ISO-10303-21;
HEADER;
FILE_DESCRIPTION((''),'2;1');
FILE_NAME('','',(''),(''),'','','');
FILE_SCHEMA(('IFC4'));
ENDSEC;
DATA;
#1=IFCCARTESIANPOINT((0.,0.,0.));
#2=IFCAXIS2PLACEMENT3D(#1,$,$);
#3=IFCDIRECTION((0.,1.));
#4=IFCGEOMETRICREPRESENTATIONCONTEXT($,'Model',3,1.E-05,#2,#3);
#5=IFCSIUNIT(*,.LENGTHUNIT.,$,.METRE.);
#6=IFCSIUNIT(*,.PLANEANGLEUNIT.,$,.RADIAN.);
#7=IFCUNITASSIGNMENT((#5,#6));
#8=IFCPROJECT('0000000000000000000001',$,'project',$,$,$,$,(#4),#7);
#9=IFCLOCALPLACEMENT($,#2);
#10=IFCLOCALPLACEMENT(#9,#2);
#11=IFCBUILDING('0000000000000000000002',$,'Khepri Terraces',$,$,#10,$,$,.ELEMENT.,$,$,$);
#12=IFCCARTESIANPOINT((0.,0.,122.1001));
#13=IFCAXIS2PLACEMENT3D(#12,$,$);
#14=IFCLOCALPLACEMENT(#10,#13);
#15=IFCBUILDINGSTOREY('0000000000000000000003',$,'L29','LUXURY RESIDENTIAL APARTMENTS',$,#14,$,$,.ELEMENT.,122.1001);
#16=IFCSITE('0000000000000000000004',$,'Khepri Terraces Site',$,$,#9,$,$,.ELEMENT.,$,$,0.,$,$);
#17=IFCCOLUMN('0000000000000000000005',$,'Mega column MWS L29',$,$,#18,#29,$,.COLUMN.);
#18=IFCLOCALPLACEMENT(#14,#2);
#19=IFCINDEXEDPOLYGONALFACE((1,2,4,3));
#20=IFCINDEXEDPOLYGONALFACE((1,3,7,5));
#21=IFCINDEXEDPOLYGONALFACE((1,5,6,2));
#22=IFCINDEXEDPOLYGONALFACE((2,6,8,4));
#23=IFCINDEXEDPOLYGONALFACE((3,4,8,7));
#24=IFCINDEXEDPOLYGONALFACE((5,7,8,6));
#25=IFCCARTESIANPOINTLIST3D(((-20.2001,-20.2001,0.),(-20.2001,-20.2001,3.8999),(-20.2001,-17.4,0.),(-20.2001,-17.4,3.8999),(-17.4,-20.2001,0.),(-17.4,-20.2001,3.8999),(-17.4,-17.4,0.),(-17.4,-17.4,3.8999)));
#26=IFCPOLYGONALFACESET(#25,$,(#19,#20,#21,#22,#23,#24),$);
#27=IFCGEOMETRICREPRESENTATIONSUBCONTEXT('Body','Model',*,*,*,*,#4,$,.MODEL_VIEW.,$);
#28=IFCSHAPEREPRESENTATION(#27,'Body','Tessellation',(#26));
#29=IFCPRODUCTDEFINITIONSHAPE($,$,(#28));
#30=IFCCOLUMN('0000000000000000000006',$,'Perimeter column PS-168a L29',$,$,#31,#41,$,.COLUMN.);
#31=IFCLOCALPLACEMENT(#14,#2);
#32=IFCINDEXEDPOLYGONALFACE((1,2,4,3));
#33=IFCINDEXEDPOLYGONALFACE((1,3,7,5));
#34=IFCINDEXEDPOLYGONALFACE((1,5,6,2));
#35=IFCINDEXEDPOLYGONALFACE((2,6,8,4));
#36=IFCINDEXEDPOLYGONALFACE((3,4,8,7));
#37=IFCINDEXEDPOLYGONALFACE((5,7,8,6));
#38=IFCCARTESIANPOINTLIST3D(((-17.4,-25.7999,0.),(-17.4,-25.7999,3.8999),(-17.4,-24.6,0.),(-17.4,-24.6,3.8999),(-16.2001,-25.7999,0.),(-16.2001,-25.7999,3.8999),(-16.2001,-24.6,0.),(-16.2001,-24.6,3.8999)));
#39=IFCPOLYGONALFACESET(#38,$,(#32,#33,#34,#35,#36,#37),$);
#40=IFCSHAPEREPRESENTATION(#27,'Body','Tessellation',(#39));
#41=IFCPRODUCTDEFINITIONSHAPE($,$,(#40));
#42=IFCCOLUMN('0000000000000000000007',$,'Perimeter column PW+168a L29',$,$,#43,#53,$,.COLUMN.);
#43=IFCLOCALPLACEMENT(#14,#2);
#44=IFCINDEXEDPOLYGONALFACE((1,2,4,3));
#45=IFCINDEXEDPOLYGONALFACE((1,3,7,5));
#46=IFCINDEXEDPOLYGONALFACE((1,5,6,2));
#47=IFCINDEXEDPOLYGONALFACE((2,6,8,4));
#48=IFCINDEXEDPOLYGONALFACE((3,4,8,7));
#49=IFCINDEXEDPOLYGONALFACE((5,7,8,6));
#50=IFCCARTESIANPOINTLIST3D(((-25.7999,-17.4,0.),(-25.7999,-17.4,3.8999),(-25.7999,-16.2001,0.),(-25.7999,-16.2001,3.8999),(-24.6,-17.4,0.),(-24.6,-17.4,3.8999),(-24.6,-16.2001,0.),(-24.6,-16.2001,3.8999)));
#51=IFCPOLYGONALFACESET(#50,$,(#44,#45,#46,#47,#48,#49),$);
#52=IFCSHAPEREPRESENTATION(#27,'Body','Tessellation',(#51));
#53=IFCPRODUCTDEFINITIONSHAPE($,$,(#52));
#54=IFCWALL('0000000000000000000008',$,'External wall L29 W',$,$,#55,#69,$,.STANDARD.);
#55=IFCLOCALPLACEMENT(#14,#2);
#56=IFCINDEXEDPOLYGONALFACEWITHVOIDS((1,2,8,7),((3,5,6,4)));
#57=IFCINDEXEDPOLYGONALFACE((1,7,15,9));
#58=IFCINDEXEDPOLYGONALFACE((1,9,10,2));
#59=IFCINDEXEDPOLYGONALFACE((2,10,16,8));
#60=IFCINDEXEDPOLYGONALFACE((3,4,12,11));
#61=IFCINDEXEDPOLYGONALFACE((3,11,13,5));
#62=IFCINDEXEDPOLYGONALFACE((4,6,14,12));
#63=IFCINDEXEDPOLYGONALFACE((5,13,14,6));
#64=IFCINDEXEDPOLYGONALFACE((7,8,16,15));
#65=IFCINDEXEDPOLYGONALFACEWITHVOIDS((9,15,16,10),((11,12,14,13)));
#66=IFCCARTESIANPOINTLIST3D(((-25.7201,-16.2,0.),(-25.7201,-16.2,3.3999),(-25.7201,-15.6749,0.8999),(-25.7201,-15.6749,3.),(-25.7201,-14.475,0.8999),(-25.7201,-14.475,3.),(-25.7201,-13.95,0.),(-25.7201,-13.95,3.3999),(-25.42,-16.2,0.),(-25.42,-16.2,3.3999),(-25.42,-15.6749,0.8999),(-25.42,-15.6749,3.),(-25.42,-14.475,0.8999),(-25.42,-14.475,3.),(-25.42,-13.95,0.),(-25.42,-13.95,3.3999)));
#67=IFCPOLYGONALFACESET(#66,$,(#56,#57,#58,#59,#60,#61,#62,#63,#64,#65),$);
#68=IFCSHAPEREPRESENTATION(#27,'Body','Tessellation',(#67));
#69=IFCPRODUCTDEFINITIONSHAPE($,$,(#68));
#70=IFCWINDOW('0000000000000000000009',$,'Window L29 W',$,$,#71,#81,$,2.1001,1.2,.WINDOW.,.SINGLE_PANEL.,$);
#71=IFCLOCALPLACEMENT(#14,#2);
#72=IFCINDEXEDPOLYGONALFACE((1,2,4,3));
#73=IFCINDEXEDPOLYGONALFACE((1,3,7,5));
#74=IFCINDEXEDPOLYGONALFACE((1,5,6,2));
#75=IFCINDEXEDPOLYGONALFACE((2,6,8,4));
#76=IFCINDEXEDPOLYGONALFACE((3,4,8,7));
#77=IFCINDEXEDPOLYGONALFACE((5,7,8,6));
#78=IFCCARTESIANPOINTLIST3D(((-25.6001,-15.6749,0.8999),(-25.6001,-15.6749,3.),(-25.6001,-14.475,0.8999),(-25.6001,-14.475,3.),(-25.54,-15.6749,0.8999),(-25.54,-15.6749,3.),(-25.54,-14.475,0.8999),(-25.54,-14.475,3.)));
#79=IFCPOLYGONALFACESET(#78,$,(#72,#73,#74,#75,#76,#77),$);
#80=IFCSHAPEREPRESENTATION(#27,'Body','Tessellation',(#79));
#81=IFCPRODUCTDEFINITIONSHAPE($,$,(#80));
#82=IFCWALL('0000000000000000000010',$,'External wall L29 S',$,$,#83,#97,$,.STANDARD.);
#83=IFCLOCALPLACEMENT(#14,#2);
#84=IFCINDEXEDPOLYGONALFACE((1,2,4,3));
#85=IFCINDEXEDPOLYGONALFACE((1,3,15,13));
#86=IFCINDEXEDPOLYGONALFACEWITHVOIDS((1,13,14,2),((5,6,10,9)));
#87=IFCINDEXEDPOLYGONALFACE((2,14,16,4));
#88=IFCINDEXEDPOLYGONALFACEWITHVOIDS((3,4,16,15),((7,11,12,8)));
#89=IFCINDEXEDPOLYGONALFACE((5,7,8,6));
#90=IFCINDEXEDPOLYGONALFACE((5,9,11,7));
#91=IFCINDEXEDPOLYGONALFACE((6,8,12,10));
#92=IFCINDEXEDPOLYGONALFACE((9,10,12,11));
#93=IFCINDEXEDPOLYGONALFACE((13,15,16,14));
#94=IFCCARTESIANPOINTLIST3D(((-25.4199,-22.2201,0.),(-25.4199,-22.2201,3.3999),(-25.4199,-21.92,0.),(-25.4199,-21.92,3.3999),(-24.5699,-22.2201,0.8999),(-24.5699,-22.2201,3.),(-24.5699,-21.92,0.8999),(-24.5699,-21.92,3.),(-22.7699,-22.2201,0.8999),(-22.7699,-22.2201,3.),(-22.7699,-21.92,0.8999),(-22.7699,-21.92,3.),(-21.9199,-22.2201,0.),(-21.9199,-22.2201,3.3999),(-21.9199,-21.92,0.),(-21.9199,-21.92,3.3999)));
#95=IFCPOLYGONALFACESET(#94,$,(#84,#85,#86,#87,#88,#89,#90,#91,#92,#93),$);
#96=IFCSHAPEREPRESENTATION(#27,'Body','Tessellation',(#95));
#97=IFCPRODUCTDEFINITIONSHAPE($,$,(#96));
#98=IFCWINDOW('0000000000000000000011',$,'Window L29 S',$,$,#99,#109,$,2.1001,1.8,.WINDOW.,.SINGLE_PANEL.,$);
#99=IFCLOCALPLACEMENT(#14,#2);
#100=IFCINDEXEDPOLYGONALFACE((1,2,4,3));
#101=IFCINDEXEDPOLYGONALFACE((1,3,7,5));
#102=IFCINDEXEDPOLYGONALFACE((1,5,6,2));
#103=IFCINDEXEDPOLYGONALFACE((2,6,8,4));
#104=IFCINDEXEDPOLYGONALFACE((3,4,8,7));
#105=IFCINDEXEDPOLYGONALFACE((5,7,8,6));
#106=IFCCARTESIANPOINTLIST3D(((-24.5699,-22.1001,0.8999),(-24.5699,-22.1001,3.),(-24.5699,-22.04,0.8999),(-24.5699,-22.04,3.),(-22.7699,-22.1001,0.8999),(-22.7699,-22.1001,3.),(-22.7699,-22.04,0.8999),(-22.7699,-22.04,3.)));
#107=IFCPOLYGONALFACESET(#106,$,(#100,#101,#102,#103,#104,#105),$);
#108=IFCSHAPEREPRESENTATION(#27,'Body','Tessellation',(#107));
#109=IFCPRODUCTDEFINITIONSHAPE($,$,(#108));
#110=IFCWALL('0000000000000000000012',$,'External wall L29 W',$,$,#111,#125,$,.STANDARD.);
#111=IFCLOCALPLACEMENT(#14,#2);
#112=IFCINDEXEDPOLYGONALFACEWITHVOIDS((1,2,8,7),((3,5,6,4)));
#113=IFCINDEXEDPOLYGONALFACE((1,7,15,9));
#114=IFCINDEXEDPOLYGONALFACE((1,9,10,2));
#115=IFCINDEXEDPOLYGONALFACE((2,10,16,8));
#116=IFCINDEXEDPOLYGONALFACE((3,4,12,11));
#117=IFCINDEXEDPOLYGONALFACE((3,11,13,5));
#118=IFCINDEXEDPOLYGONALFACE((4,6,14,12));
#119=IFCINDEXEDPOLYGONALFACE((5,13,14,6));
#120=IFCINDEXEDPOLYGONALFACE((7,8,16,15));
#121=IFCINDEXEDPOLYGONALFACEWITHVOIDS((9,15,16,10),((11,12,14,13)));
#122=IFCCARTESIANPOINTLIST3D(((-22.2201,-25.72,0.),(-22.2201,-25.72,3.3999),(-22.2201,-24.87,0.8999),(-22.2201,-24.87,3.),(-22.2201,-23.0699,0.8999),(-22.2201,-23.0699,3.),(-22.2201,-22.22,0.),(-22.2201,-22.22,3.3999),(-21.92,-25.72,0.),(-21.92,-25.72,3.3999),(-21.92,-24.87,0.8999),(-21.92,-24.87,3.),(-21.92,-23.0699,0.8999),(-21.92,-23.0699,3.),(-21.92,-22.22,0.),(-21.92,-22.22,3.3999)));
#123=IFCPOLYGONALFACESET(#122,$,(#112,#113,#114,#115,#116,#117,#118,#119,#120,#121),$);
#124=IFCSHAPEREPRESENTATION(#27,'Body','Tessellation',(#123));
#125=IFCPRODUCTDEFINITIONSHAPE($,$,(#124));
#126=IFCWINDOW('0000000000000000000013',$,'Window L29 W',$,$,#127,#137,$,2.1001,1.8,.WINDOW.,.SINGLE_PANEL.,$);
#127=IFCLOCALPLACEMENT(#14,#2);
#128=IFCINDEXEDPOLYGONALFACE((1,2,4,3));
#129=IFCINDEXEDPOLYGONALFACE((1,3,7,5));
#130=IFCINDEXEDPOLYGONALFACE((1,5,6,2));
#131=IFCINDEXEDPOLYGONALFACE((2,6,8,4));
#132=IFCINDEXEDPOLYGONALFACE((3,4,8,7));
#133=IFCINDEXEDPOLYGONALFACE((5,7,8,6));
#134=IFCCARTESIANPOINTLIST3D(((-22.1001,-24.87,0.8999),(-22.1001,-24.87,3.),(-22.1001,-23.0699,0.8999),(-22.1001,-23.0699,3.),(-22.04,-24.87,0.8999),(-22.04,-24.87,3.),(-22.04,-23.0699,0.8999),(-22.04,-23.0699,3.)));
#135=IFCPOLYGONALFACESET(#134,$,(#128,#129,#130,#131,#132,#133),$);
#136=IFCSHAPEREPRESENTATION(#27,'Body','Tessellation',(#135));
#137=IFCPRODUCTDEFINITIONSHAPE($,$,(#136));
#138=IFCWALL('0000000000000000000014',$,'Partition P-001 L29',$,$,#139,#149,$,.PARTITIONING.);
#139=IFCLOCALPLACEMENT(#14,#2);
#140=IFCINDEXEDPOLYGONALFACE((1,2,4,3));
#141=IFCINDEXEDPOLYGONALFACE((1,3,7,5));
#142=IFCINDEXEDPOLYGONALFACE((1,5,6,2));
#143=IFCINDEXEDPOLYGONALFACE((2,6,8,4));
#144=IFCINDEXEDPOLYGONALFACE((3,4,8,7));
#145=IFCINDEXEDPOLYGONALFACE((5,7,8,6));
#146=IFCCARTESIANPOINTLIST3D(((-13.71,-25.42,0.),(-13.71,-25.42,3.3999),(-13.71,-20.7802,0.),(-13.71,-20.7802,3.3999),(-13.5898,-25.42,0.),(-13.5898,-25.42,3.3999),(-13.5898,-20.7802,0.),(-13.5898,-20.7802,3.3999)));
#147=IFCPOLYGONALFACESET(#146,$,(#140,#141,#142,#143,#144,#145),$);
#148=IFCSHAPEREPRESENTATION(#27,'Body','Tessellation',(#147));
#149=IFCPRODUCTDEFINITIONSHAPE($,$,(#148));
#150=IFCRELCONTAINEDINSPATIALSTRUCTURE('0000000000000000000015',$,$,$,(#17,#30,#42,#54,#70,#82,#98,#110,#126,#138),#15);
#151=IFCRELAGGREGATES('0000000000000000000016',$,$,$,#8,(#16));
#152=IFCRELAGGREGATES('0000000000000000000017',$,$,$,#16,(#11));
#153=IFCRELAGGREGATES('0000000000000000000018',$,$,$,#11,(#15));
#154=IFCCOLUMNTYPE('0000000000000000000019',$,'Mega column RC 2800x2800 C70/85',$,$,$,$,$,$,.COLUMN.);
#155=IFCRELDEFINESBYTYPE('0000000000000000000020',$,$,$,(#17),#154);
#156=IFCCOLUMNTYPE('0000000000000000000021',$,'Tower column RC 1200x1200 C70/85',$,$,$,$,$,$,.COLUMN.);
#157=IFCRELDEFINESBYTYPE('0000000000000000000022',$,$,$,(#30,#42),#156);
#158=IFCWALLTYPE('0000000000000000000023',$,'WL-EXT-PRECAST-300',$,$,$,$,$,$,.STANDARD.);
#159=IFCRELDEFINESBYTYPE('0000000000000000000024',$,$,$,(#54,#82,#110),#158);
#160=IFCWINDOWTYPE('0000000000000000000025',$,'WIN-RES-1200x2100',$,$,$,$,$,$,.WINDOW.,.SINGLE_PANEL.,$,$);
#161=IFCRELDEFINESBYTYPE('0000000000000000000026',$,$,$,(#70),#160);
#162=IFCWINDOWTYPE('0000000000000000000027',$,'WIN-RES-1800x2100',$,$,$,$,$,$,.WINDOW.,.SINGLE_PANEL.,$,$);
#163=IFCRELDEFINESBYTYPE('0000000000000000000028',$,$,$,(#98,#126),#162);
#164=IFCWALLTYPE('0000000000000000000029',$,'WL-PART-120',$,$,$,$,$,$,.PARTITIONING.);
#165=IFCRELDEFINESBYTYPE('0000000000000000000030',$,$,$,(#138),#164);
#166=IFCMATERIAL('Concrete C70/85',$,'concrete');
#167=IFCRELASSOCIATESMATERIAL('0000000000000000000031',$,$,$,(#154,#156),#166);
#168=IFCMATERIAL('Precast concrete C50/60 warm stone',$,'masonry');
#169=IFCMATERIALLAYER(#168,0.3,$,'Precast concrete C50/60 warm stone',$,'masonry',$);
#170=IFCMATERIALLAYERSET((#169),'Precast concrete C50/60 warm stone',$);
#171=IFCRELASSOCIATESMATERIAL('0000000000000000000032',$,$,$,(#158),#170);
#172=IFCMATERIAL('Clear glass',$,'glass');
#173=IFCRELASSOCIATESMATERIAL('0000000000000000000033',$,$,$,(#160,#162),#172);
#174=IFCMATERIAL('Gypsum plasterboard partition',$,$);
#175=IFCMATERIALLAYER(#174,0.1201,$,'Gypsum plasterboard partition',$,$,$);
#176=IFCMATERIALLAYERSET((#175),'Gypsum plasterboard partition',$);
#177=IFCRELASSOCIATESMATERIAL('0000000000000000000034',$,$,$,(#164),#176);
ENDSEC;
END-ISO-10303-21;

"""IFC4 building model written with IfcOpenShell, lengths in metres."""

from ifc_helpers import new_model, si_unit, direction, frame, frame_2d, origin, origin_2d, place, context, subcontext, project, spatial, rectangle, extrude, material, layer, layer_set, material_profile, profile_set, type_object, element, fill, save


model = new_model("IFC4")

# Units and contexts
model_context = context("Model", 3, precision=1e-05, world=origin(), true_north=direction((0.0, 1.0)))
body_context = subcontext(model_context, "Body", "Model", "MODEL_VIEW")
ifc_project = project(units=[si_unit("LENGTHUNIT", "METRE"), si_unit("PLANEANGLEUNIT", "RADIAN")], contexts=[model_context])

# Site, building, storey
site_placement = place(None, origin())
site = spatial("IfcSite", under=ifc_project, at=site_placement, Name="Khepri Terraces Site", CompositionType="ELEMENT", RefElevation=0.0)
building_placement = place(site_placement, origin())
building = spatial("IfcBuilding", under=site, at=building_placement, Name="Khepri Terraces", CompositionType="ELEMENT")
storey_placement = place(building_placement, frame((0.0, 0.0, 122.1001)))
storey = spatial("IfcBuildingStorey", under=building, at=storey_placement, Name="L29", Description="LUXURY RESIDENTIAL APARTMENTS", CompositionType="ELEMENT", Elevation=122.1001)

# Columns
ifc_material_1 = material(Name="Concrete C70/85", Category="concrete")
ifc_material_profile_1 = material_profile(ifc_material_1, rectangle(XDim=2.8, YDim=2.8, at=origin_2d()), Name="Concrete C70/85", Category="concrete")
ifc_profile_set_1 = profile_set([ifc_material_profile_1], Name="Concrete C70/85")
column_type_1 = type_object("IfcColumnType", Name="Mega column RC 2800x2800 C70/85", PredefinedType="COLUMN", material=ifc_profile_set_1)
column_placement = place(storey_placement, frame((-18.8, -18.8, 0.0), z_axis=(0.0, 0.0, 1.0), x_axis=(1.0, 0.0, 0.0)))
element("IfcColumn", 1, at=column_placement, inside=storey, type_object=column_type_1, Name="Mega column MWS L29", PredefinedType="COLUMN", context=body_context, shape_type="SweptSolid", body=[
    extrude(rectangle(XDim=2.8, YDim=2.8, at=origin_2d()), origin(), (0.0, 0.0, 1.0), 3.8999),
])
ifc_material_profile_2 = material_profile(ifc_material_1, rectangle(XDim=1.2, YDim=1.2, at=origin_2d()), Name="Concrete C70/85", Category="concrete")
ifc_profile_set_2 = profile_set([ifc_material_profile_2], Name="Concrete C70/85")
column_type_2 = type_object("IfcColumnType", Name="Tower column RC 1200x1200 C70/85", PredefinedType="COLUMN", material=ifc_profile_set_2)
for number, where, z_axis, x_axis, name in (
    (2, (-16.8, -25.2, 0.0), (0.0, 0.0, 1.0), (1.0, 0.0, 0.0), "Perimeter column PS-168a L29"),
    (3, (-25.2, -16.8, 0.0), (0.0, 0.0, 1.0), (1.0, 0.0, 0.0), "Perimeter column PW+168a L29"),
):
    element("IfcColumn", number, at=place(storey_placement, frame(where, z_axis=z_axis, x_axis=x_axis)), inside=storey, type_object=column_type_2, Name=name, PredefinedType="COLUMN", context=body_context, shape_type="SweptSolid", body=[
        extrude(rectangle(XDim=1.2, YDim=1.2, at=origin_2d()), origin(), (0.0, 0.0, 1.0), 3.8999),
    ])

# Wall, opening, window
ifc_material_2 = material(Name="Precast concrete C50/60 warm stone", Category="masonry")
ifc_layer_1 = layer(ifc_material_2, 0.3, Name="Precast concrete C50/60 warm stone", Category="masonry")
ifc_layer_set_1 = layer_set([ifc_layer_1], Name="Precast concrete C50/60 warm stone")
wall_type_1 = type_object("IfcWallType", Name="WL-EXT-PRECAST-300", PredefinedType="STANDARD", material=ifc_layer_set_1)
wall_1_placement = place(storey_placement, frame((-25.5701, -13.95, 0.0), z_axis=(0.0, 0.0, 1.0), x_axis=(0.0, -1.0, 0.0)))
wall_1 = element("IfcWall", 4, at=wall_1_placement, inside=storey, type_object=wall_type_1, Name="External wall L29 W", PredefinedType="STANDARD", context=body_context, shape_type="SweptSolid", body=[
    extrude(rectangle(XDim=2.25, YDim=0.3, at=frame_2d((1.125, 0.0))), origin(), (0.0, 0.0, 1.0), 3.3999),
])
opening_1_placement = place(wall_1_placement, frame((0.5249, 0.0, 0.8999)))
opening_1 = element("IfcOpeningElement", 5, at=opening_1_placement, cuts=wall_1, PredefinedType="OPENING", context=body_context, shape_type="SweptSolid", body=[
    extrude(rectangle(XDim=1.2, YDim=2.1001, at=frame_2d((0.6001, 1.05))), frame((0.0, 0.1602, 0.0), z_axis=(0.0, -1.0, 0.0), x_axis=(1.0, 0.0, 0.0)), (0.0, 0.0, 1.0), 0.3201),
])
ifc_material_3 = material(Name="Clear glass", Category="glass")
window_type_1 = type_object("IfcWindowType", Name="WIN-RES-1200x2100", PartitioningType="SINGLE_PANEL", PredefinedType="WINDOW", material=ifc_material_3)
window_1_placement = place(opening_1_placement, origin())
window_1 = element("IfcWindow", 6, at=window_1_placement, inside=storey, type_object=window_type_1, Name="Window L29 W", OverallHeight=2.1001, OverallWidth=1.2, PartitioningType="SINGLE_PANEL", PredefinedType="WINDOW", context=body_context, shape_type="SweptSolid", body=[
    extrude(rectangle(XDim=1.2, YDim=2.1001, at=frame_2d((0.6001, 1.05))), frame((0.0, 0.03, 0.0), z_axis=(0.0, -1.0, 0.0), x_axis=(1.0, 0.0, 0.0)), (0.0, 0.0, 1.0), 0.0601),
])
fill(opening_1, window_1)

# Walls, openings, windows
wall_2_placement = place(storey_placement, frame((-25.4199, -22.0701, 0.0), z_axis=(0.0, 0.0, 1.0), x_axis=(1.0, 0.0, 0.0)))
wall_2 = element("IfcWall", 7, at=wall_2_placement, inside=storey, type_object=wall_type_1, Name="External wall L29 S", PredefinedType="STANDARD", context=body_context, shape_type="SweptSolid", body=[
    extrude(rectangle(XDim=3.5, YDim=0.3, at=frame_2d((1.75, 0.0))), origin(), (0.0, 0.0, 1.0), 3.3999),
])
opening_2_placement = place(wall_2_placement, frame((0.8501, 0.0, 0.8999)))
opening_2 = element("IfcOpeningElement", 8, at=opening_2_placement, cuts=wall_2, PredefinedType="OPENING", context=body_context, shape_type="SweptSolid", body=[
    extrude(rectangle(XDim=1.8, YDim=2.1001, at=frame_2d((0.8999, 1.05))), frame((0.0, 0.1602, 0.0), z_axis=(0.0, -1.0, 0.0), x_axis=(1.0, 0.0, 0.0)), (0.0, 0.0, 1.0), 0.3201),
])
window_type_2 = type_object("IfcWindowType", Name="WIN-RES-1800x2100", PartitioningType="SINGLE_PANEL", PredefinedType="WINDOW", material=ifc_material_3)
window_2_placement = place(opening_2_placement, origin())
window_2 = element("IfcWindow", 9, at=window_2_placement, inside=storey, type_object=window_type_2, Name="Window L29 S", OverallHeight=2.1001, OverallWidth=1.8, PartitioningType="SINGLE_PANEL", PredefinedType="WINDOW", context=body_context, shape_type="SweptSolid", body=[
    extrude(rectangle(XDim=1.8, YDim=2.1001, at=frame_2d((0.8999, 1.05))), frame((0.0, 0.03, 0.0), z_axis=(0.0, -1.0, 0.0), x_axis=(1.0, 0.0, 0.0)), (0.0, 0.0, 1.0), 0.0601),
])
fill(opening_2, window_2)
wall_3_placement = place(storey_placement, frame((-22.0701, -22.22, 0.0), z_axis=(0.0, 0.0, 1.0), x_axis=(0.0, -1.0, 0.0)))
wall_3 = element("IfcWall", 10, at=wall_3_placement, inside=storey, type_object=wall_type_1, Name="External wall L29 W", PredefinedType="STANDARD", context=body_context, shape_type="SweptSolid", body=[
    extrude(rectangle(XDim=3.5, YDim=0.3, at=frame_2d((1.75, 0.0))), origin(), (0.0, 0.0, 1.0), 3.3999),
])
opening_3_placement = place(wall_3_placement, frame((0.8501, 0.0, 0.8999)))
opening_3 = element("IfcOpeningElement", 11, at=opening_3_placement, cuts=wall_3, PredefinedType="OPENING", context=body_context, shape_type="SweptSolid", body=[
    extrude(rectangle(XDim=1.8, YDim=2.1001, at=frame_2d((0.8999, 1.05))), frame((0.0, 0.1602, 0.0), z_axis=(0.0, -1.0, 0.0), x_axis=(1.0, 0.0, 0.0)), (0.0, 0.0, 1.0), 0.3201),
])
window_3_placement = place(opening_3_placement, origin())
window_3 = element("IfcWindow", 12, at=window_3_placement, inside=storey, type_object=window_type_2, Name="Window L29 W", OverallHeight=2.1001, OverallWidth=1.8, PartitioningType="SINGLE_PANEL", PredefinedType="WINDOW", context=body_context, shape_type="SweptSolid", body=[
    extrude(rectangle(XDim=1.8, YDim=2.1001, at=frame_2d((0.8999, 1.05))), frame((0.0, 0.03, 0.0), z_axis=(0.0, -1.0, 0.0), x_axis=(1.0, 0.0, 0.0)), (0.0, 0.0, 1.0), 0.0601),
])
fill(opening_3, window_3)

# Wall
ifc_material_4 = material(Name="Gypsum plasterboard partition")
ifc_layer_2 = layer(ifc_material_4, 0.1201, Name="Gypsum plasterboard partition")
ifc_layer_set_2 = layer_set([ifc_layer_2], Name="Gypsum plasterboard partition")
wall_type_2 = type_object("IfcWallType", Name="WL-PART-120", PredefinedType="PARTITIONING", material=ifc_layer_set_2)
wall_4_placement = place(storey_placement, frame((-13.6499, -25.4199, 0.0), z_axis=(0.0, 0.0, 1.0), x_axis=(0.0, 1.0, 0.0)))
element("IfcWall", 13, at=wall_4_placement, inside=storey, type_object=wall_type_2, Name="Partition P-001 L29", PredefinedType="PARTITIONING", context=body_context, shape_type="SweptSolid", body=[
    extrude(rectangle(XDim=4.6399, YDim=0.1201, at=frame_2d((2.3198, 0.0))), origin(), (0.0, 0.0, 1.0), 3.3999),
])

save(model, "model.ifc")
